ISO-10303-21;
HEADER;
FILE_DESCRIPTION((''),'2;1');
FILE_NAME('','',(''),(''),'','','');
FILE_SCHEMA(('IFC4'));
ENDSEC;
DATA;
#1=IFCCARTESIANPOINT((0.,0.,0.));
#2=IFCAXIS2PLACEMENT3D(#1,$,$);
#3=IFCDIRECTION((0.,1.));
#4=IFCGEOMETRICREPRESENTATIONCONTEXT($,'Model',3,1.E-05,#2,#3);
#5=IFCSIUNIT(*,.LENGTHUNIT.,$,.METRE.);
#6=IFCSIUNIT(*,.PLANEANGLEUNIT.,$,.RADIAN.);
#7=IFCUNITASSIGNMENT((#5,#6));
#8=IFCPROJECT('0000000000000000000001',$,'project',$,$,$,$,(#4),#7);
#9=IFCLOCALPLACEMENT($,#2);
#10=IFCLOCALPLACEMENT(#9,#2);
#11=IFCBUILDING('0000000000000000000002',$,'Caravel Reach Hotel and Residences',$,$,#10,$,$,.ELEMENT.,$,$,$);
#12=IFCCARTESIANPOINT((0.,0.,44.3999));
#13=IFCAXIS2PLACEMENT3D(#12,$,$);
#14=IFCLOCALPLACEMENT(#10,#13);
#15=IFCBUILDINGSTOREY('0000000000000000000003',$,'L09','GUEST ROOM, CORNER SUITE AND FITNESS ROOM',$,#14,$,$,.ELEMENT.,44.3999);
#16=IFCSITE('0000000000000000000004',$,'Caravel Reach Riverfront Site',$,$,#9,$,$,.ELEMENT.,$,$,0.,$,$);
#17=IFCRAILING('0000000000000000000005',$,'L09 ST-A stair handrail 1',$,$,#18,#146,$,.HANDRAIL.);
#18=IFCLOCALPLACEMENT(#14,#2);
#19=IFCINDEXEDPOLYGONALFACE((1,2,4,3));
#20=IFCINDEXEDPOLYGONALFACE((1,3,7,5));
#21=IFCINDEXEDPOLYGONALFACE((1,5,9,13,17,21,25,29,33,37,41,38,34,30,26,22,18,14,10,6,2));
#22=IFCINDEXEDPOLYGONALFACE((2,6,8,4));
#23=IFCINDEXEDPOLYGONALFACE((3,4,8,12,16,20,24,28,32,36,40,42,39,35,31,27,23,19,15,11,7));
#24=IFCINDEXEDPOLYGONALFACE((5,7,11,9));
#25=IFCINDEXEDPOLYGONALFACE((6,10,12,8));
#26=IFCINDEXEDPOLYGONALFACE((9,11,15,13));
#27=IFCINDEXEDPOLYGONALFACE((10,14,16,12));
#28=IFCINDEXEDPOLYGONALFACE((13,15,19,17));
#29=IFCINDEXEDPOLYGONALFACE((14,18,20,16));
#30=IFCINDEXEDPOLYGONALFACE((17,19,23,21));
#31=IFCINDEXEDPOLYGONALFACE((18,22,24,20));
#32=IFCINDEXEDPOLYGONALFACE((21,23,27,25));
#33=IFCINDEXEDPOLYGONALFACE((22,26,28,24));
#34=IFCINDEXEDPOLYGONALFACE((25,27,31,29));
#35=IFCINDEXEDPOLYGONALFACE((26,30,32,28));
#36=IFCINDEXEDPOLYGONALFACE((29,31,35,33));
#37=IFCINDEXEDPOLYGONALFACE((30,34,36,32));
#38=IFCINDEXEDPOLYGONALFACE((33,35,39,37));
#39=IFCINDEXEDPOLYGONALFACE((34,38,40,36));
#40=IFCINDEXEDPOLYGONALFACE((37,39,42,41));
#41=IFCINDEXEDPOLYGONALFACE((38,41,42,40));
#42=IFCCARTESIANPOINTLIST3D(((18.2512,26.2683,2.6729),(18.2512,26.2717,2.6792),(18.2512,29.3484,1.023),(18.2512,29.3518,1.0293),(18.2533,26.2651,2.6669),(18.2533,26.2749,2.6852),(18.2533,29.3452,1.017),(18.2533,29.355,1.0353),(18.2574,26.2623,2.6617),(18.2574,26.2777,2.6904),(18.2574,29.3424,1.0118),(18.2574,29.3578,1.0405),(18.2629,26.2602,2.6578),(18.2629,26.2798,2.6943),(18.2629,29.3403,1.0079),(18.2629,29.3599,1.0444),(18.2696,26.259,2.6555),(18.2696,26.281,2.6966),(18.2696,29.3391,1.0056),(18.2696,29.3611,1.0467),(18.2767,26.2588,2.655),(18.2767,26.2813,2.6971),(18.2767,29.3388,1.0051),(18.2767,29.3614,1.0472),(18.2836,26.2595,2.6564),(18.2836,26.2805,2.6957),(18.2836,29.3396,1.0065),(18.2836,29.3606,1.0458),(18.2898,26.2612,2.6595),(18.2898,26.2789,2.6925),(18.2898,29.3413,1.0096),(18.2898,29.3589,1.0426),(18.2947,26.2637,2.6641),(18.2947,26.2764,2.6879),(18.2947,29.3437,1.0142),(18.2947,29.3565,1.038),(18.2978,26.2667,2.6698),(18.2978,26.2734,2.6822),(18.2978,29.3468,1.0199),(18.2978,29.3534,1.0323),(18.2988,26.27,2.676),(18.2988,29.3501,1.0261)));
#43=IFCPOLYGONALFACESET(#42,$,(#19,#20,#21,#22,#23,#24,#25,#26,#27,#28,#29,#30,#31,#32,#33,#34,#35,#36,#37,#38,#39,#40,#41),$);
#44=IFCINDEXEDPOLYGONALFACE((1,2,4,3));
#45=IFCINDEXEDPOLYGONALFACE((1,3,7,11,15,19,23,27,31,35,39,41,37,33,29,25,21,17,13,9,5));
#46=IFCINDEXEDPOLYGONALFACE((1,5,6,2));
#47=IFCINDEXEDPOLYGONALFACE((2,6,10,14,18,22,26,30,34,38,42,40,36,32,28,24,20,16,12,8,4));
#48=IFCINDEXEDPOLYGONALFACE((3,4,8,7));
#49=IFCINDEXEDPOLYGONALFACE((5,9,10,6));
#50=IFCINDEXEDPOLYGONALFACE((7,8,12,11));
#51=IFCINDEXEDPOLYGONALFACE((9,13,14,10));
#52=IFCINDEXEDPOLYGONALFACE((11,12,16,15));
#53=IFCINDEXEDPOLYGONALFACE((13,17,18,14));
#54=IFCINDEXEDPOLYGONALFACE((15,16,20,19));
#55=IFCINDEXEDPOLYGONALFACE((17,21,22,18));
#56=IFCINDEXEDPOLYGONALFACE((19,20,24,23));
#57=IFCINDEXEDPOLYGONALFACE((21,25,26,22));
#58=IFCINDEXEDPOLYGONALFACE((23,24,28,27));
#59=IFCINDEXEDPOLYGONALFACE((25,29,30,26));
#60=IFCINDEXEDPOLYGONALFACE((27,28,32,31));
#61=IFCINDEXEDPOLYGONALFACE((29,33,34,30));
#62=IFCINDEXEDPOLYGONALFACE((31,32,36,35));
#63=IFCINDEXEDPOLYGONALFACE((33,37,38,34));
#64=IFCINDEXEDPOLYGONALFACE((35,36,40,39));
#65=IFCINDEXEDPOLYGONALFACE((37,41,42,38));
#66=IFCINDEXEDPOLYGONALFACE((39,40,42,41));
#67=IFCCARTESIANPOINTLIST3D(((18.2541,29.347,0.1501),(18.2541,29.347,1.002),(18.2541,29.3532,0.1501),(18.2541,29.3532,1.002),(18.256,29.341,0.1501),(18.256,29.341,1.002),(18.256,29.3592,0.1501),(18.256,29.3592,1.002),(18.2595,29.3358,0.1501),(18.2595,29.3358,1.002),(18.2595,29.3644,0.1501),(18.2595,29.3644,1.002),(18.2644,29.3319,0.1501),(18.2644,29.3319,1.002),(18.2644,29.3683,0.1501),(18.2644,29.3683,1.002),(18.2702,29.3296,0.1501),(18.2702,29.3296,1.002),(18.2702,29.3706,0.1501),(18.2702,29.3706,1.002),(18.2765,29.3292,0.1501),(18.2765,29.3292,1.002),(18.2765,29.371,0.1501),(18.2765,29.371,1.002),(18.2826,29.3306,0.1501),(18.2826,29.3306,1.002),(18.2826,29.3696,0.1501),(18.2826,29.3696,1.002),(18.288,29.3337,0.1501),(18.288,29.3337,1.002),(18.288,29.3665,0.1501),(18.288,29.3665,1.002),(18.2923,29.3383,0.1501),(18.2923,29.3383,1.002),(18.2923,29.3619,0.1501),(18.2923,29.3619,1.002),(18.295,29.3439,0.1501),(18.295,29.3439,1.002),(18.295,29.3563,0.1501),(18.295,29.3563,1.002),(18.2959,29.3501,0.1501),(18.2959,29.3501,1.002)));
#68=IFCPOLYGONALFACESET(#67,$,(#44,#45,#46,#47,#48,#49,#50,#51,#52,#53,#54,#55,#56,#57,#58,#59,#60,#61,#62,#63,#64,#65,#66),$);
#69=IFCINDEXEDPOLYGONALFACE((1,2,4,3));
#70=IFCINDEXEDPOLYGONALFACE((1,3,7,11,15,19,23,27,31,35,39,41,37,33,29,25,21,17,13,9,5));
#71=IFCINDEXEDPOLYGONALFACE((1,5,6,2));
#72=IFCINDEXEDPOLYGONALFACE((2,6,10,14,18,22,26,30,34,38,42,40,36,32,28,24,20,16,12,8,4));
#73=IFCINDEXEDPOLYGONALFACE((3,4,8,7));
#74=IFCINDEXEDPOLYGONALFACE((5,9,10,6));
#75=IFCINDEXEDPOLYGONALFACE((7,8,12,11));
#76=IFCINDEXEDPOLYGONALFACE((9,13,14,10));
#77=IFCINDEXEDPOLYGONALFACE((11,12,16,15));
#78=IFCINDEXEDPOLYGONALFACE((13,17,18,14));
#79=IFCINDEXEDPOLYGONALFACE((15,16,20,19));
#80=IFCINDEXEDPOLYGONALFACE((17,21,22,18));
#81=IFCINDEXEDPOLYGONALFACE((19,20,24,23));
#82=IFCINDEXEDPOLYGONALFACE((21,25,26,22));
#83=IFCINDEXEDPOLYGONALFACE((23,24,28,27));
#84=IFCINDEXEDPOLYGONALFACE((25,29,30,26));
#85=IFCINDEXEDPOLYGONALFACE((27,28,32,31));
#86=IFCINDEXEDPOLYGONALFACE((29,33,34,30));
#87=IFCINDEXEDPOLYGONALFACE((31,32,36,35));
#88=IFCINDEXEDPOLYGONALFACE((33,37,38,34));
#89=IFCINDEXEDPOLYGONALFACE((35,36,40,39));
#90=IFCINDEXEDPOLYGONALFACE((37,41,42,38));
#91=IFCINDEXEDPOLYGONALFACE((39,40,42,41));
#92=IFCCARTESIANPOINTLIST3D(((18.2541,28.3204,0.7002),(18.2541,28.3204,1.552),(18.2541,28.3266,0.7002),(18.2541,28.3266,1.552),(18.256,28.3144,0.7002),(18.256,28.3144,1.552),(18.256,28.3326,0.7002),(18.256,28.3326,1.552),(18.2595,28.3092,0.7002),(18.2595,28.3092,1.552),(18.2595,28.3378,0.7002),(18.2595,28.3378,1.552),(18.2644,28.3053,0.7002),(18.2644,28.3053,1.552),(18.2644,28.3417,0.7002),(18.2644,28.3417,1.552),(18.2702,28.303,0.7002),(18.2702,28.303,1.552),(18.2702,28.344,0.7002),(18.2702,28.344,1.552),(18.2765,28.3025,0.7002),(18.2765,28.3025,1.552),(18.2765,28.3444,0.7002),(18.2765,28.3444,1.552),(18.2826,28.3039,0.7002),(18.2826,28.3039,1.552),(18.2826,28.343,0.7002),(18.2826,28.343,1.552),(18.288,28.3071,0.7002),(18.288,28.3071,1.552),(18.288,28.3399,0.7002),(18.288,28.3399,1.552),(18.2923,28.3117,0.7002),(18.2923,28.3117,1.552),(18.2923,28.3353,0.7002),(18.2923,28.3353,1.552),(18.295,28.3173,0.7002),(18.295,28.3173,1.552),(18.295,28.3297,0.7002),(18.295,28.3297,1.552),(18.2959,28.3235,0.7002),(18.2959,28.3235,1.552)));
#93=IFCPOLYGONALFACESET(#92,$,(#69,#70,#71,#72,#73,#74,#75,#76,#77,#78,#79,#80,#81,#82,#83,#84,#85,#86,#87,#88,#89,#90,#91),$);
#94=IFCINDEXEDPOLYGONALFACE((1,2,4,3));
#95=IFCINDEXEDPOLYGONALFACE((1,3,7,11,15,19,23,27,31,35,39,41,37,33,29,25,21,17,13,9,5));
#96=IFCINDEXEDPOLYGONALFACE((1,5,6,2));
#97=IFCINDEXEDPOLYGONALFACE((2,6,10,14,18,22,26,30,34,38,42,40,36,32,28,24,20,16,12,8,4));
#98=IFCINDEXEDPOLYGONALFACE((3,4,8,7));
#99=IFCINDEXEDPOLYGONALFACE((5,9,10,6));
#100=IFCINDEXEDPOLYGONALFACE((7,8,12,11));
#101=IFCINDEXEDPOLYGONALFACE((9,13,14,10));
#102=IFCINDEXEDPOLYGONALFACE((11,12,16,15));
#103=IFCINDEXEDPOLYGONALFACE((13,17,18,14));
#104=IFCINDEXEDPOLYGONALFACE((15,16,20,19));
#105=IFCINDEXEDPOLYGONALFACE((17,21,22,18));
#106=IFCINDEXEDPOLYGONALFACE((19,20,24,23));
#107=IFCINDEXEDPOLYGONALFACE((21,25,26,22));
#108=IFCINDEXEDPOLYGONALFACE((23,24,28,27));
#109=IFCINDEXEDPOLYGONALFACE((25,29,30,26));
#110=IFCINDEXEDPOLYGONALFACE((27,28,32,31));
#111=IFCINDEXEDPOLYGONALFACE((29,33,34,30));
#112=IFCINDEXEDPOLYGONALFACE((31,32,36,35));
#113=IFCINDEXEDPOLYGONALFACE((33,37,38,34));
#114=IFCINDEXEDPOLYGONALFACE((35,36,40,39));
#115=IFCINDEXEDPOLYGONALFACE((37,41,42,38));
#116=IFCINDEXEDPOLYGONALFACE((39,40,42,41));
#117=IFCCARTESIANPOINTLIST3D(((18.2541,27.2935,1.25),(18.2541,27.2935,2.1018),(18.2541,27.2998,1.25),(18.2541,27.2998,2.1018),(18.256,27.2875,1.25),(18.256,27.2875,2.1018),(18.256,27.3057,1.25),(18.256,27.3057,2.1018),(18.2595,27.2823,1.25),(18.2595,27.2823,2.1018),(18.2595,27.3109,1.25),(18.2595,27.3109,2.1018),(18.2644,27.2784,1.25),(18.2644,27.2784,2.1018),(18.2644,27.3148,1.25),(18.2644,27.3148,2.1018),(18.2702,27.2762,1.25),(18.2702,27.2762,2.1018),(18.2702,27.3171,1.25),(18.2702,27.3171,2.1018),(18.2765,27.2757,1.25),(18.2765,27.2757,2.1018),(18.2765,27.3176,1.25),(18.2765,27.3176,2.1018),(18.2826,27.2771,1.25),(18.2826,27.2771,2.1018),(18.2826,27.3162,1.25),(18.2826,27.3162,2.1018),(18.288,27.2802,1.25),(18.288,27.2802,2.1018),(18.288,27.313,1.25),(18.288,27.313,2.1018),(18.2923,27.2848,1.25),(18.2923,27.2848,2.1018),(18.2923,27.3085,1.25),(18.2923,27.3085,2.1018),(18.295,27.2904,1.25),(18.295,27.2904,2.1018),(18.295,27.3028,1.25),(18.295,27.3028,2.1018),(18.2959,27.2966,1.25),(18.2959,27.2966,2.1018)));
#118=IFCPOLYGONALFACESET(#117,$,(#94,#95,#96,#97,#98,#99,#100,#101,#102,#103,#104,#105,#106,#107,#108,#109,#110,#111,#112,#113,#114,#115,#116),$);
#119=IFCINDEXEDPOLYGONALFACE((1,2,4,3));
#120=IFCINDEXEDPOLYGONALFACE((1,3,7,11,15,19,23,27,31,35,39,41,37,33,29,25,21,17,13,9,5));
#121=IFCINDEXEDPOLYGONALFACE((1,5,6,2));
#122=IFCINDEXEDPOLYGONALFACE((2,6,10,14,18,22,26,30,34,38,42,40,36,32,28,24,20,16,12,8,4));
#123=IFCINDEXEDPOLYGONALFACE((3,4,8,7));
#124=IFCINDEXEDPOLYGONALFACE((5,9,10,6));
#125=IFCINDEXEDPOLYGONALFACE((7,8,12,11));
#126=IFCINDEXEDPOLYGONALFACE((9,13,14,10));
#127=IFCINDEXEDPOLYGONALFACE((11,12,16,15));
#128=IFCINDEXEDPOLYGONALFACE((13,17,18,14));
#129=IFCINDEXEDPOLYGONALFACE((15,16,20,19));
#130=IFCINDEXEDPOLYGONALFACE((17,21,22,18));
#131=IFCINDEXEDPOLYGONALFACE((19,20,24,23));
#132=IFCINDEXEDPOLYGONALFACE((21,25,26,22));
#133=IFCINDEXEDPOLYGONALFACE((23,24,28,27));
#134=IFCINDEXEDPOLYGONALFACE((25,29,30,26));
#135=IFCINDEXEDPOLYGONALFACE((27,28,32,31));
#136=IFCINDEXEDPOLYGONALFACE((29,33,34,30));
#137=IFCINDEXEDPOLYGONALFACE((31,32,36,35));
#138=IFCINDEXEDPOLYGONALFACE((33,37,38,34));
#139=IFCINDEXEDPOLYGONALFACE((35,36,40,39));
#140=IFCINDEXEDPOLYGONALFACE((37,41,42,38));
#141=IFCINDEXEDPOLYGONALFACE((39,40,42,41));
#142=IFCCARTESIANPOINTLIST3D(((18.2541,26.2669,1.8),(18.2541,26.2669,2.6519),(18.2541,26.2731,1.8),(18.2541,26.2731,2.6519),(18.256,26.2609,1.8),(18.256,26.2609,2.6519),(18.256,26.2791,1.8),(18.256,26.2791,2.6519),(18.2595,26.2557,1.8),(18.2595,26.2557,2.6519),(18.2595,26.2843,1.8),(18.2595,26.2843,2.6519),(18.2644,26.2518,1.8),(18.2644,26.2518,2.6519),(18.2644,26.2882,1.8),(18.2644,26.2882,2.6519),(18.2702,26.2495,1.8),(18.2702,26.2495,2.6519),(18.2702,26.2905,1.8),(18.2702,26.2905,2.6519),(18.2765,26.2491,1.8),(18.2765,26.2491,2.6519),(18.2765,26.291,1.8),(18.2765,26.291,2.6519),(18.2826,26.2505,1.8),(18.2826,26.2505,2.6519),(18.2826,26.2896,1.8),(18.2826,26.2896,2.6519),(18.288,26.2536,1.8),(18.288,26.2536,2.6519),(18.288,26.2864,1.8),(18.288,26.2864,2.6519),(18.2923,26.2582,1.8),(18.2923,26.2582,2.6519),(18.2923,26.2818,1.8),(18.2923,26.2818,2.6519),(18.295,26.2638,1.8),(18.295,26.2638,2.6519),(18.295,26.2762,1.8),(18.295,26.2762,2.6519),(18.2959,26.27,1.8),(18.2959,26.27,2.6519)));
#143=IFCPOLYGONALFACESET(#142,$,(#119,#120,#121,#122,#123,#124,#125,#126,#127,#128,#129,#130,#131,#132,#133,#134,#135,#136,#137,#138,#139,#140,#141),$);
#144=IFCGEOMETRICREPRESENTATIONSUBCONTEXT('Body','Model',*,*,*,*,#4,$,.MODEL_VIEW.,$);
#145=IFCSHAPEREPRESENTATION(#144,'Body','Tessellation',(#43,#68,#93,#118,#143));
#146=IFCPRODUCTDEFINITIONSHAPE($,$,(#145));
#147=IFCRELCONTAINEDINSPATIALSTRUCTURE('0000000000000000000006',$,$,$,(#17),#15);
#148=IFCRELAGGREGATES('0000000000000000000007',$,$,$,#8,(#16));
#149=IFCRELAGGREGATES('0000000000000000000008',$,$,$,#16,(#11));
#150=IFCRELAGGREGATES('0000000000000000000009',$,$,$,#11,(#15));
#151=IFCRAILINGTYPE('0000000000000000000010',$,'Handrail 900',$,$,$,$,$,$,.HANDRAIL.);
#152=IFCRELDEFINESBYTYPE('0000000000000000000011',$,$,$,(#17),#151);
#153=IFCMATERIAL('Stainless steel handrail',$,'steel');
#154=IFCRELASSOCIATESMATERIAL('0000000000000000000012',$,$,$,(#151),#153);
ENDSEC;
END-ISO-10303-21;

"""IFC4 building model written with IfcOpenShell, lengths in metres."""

from ifc_helpers import new_model, si_unit, direction, frame, origin, origin_2d, place, context, subcontext, project, spatial, circle, extrude, material, type_object, element, save


model = new_model("IFC4")

# Units and contexts
model_context = context("Model", 3, precision=1e-05, world=origin(), true_north=direction((0.0, 1.0)))
body_context = subcontext(model_context, "Body", "Model", "MODEL_VIEW")
ifc_project = project(units=[si_unit("LENGTHUNIT", "METRE"), si_unit("PLANEANGLEUNIT", "RADIAN")], contexts=[model_context])

# Site, building, storey
site_placement = place(None, origin())
site = spatial("IfcSite", under=ifc_project, at=site_placement, Name="Caravel Reach Riverfront Site", CompositionType="ELEMENT", RefElevation=0.0)
building_placement = place(site_placement, origin())
building = spatial("IfcBuilding", under=site, at=building_placement, Name="Caravel Reach Hotel and Residences", CompositionType="ELEMENT")
storey_placement = place(building_placement, frame((0.0, 0.0, 44.3999)))
storey = spatial("IfcBuildingStorey", under=building, at=storey_placement, Name="L09", Description="GUEST ROOM, CORNER SUITE AND FITNESS ROOM", CompositionType="ELEMENT", Elevation=44.3999)

# Railing
ifc_material_1 = material(Name="Stainless steel handrail", Category="steel")
railing_type_1 = type_object("IfcRailingType", Name="Handrail 900", PredefinedType="HANDRAIL", material=ifc_material_1)
railing_1_placement = place(storey_placement, frame((18.2749, 29.3501, 0.1501)))
element("IfcRailing", 1, at=railing_1_placement, inside=storey, type_object=railing_type_1, Name="L09 ST-A stair handrail 1", PredefinedType="HANDRAIL", context=body_context, shape_type="SweptSolid", body=[
    extrude(circle(Radius=0.0239, at=origin_2d()), frame((0.0, 0.0, 0.876), z_axis=(0.0, -0.881497, 0.47219), x_axis=(1.0, 0.0, 0.0)), (0.0, 0.0, 1.0), 3.4941),
    extrude(circle(Radius=0.021, at=origin_2d()), origin(), (0.0, 0.0, 1.0), 0.8518),
    extrude(circle(Radius=0.021, at=origin_2d()), frame((0.0, -1.0266, 0.55)), (0.0, 0.0, 1.0), 0.8518),
    extrude(circle(Radius=0.021, at=origin_2d()), frame((0.0, -2.0535, 1.0999)), (0.0, 0.0, 1.0), 0.8518),
    extrude(circle(Radius=0.021, at=origin_2d()), frame((0.0, -3.0801, 1.6499)), (0.0, 0.0, 1.0), 0.8518),
])

save(model, "model.ifc")
